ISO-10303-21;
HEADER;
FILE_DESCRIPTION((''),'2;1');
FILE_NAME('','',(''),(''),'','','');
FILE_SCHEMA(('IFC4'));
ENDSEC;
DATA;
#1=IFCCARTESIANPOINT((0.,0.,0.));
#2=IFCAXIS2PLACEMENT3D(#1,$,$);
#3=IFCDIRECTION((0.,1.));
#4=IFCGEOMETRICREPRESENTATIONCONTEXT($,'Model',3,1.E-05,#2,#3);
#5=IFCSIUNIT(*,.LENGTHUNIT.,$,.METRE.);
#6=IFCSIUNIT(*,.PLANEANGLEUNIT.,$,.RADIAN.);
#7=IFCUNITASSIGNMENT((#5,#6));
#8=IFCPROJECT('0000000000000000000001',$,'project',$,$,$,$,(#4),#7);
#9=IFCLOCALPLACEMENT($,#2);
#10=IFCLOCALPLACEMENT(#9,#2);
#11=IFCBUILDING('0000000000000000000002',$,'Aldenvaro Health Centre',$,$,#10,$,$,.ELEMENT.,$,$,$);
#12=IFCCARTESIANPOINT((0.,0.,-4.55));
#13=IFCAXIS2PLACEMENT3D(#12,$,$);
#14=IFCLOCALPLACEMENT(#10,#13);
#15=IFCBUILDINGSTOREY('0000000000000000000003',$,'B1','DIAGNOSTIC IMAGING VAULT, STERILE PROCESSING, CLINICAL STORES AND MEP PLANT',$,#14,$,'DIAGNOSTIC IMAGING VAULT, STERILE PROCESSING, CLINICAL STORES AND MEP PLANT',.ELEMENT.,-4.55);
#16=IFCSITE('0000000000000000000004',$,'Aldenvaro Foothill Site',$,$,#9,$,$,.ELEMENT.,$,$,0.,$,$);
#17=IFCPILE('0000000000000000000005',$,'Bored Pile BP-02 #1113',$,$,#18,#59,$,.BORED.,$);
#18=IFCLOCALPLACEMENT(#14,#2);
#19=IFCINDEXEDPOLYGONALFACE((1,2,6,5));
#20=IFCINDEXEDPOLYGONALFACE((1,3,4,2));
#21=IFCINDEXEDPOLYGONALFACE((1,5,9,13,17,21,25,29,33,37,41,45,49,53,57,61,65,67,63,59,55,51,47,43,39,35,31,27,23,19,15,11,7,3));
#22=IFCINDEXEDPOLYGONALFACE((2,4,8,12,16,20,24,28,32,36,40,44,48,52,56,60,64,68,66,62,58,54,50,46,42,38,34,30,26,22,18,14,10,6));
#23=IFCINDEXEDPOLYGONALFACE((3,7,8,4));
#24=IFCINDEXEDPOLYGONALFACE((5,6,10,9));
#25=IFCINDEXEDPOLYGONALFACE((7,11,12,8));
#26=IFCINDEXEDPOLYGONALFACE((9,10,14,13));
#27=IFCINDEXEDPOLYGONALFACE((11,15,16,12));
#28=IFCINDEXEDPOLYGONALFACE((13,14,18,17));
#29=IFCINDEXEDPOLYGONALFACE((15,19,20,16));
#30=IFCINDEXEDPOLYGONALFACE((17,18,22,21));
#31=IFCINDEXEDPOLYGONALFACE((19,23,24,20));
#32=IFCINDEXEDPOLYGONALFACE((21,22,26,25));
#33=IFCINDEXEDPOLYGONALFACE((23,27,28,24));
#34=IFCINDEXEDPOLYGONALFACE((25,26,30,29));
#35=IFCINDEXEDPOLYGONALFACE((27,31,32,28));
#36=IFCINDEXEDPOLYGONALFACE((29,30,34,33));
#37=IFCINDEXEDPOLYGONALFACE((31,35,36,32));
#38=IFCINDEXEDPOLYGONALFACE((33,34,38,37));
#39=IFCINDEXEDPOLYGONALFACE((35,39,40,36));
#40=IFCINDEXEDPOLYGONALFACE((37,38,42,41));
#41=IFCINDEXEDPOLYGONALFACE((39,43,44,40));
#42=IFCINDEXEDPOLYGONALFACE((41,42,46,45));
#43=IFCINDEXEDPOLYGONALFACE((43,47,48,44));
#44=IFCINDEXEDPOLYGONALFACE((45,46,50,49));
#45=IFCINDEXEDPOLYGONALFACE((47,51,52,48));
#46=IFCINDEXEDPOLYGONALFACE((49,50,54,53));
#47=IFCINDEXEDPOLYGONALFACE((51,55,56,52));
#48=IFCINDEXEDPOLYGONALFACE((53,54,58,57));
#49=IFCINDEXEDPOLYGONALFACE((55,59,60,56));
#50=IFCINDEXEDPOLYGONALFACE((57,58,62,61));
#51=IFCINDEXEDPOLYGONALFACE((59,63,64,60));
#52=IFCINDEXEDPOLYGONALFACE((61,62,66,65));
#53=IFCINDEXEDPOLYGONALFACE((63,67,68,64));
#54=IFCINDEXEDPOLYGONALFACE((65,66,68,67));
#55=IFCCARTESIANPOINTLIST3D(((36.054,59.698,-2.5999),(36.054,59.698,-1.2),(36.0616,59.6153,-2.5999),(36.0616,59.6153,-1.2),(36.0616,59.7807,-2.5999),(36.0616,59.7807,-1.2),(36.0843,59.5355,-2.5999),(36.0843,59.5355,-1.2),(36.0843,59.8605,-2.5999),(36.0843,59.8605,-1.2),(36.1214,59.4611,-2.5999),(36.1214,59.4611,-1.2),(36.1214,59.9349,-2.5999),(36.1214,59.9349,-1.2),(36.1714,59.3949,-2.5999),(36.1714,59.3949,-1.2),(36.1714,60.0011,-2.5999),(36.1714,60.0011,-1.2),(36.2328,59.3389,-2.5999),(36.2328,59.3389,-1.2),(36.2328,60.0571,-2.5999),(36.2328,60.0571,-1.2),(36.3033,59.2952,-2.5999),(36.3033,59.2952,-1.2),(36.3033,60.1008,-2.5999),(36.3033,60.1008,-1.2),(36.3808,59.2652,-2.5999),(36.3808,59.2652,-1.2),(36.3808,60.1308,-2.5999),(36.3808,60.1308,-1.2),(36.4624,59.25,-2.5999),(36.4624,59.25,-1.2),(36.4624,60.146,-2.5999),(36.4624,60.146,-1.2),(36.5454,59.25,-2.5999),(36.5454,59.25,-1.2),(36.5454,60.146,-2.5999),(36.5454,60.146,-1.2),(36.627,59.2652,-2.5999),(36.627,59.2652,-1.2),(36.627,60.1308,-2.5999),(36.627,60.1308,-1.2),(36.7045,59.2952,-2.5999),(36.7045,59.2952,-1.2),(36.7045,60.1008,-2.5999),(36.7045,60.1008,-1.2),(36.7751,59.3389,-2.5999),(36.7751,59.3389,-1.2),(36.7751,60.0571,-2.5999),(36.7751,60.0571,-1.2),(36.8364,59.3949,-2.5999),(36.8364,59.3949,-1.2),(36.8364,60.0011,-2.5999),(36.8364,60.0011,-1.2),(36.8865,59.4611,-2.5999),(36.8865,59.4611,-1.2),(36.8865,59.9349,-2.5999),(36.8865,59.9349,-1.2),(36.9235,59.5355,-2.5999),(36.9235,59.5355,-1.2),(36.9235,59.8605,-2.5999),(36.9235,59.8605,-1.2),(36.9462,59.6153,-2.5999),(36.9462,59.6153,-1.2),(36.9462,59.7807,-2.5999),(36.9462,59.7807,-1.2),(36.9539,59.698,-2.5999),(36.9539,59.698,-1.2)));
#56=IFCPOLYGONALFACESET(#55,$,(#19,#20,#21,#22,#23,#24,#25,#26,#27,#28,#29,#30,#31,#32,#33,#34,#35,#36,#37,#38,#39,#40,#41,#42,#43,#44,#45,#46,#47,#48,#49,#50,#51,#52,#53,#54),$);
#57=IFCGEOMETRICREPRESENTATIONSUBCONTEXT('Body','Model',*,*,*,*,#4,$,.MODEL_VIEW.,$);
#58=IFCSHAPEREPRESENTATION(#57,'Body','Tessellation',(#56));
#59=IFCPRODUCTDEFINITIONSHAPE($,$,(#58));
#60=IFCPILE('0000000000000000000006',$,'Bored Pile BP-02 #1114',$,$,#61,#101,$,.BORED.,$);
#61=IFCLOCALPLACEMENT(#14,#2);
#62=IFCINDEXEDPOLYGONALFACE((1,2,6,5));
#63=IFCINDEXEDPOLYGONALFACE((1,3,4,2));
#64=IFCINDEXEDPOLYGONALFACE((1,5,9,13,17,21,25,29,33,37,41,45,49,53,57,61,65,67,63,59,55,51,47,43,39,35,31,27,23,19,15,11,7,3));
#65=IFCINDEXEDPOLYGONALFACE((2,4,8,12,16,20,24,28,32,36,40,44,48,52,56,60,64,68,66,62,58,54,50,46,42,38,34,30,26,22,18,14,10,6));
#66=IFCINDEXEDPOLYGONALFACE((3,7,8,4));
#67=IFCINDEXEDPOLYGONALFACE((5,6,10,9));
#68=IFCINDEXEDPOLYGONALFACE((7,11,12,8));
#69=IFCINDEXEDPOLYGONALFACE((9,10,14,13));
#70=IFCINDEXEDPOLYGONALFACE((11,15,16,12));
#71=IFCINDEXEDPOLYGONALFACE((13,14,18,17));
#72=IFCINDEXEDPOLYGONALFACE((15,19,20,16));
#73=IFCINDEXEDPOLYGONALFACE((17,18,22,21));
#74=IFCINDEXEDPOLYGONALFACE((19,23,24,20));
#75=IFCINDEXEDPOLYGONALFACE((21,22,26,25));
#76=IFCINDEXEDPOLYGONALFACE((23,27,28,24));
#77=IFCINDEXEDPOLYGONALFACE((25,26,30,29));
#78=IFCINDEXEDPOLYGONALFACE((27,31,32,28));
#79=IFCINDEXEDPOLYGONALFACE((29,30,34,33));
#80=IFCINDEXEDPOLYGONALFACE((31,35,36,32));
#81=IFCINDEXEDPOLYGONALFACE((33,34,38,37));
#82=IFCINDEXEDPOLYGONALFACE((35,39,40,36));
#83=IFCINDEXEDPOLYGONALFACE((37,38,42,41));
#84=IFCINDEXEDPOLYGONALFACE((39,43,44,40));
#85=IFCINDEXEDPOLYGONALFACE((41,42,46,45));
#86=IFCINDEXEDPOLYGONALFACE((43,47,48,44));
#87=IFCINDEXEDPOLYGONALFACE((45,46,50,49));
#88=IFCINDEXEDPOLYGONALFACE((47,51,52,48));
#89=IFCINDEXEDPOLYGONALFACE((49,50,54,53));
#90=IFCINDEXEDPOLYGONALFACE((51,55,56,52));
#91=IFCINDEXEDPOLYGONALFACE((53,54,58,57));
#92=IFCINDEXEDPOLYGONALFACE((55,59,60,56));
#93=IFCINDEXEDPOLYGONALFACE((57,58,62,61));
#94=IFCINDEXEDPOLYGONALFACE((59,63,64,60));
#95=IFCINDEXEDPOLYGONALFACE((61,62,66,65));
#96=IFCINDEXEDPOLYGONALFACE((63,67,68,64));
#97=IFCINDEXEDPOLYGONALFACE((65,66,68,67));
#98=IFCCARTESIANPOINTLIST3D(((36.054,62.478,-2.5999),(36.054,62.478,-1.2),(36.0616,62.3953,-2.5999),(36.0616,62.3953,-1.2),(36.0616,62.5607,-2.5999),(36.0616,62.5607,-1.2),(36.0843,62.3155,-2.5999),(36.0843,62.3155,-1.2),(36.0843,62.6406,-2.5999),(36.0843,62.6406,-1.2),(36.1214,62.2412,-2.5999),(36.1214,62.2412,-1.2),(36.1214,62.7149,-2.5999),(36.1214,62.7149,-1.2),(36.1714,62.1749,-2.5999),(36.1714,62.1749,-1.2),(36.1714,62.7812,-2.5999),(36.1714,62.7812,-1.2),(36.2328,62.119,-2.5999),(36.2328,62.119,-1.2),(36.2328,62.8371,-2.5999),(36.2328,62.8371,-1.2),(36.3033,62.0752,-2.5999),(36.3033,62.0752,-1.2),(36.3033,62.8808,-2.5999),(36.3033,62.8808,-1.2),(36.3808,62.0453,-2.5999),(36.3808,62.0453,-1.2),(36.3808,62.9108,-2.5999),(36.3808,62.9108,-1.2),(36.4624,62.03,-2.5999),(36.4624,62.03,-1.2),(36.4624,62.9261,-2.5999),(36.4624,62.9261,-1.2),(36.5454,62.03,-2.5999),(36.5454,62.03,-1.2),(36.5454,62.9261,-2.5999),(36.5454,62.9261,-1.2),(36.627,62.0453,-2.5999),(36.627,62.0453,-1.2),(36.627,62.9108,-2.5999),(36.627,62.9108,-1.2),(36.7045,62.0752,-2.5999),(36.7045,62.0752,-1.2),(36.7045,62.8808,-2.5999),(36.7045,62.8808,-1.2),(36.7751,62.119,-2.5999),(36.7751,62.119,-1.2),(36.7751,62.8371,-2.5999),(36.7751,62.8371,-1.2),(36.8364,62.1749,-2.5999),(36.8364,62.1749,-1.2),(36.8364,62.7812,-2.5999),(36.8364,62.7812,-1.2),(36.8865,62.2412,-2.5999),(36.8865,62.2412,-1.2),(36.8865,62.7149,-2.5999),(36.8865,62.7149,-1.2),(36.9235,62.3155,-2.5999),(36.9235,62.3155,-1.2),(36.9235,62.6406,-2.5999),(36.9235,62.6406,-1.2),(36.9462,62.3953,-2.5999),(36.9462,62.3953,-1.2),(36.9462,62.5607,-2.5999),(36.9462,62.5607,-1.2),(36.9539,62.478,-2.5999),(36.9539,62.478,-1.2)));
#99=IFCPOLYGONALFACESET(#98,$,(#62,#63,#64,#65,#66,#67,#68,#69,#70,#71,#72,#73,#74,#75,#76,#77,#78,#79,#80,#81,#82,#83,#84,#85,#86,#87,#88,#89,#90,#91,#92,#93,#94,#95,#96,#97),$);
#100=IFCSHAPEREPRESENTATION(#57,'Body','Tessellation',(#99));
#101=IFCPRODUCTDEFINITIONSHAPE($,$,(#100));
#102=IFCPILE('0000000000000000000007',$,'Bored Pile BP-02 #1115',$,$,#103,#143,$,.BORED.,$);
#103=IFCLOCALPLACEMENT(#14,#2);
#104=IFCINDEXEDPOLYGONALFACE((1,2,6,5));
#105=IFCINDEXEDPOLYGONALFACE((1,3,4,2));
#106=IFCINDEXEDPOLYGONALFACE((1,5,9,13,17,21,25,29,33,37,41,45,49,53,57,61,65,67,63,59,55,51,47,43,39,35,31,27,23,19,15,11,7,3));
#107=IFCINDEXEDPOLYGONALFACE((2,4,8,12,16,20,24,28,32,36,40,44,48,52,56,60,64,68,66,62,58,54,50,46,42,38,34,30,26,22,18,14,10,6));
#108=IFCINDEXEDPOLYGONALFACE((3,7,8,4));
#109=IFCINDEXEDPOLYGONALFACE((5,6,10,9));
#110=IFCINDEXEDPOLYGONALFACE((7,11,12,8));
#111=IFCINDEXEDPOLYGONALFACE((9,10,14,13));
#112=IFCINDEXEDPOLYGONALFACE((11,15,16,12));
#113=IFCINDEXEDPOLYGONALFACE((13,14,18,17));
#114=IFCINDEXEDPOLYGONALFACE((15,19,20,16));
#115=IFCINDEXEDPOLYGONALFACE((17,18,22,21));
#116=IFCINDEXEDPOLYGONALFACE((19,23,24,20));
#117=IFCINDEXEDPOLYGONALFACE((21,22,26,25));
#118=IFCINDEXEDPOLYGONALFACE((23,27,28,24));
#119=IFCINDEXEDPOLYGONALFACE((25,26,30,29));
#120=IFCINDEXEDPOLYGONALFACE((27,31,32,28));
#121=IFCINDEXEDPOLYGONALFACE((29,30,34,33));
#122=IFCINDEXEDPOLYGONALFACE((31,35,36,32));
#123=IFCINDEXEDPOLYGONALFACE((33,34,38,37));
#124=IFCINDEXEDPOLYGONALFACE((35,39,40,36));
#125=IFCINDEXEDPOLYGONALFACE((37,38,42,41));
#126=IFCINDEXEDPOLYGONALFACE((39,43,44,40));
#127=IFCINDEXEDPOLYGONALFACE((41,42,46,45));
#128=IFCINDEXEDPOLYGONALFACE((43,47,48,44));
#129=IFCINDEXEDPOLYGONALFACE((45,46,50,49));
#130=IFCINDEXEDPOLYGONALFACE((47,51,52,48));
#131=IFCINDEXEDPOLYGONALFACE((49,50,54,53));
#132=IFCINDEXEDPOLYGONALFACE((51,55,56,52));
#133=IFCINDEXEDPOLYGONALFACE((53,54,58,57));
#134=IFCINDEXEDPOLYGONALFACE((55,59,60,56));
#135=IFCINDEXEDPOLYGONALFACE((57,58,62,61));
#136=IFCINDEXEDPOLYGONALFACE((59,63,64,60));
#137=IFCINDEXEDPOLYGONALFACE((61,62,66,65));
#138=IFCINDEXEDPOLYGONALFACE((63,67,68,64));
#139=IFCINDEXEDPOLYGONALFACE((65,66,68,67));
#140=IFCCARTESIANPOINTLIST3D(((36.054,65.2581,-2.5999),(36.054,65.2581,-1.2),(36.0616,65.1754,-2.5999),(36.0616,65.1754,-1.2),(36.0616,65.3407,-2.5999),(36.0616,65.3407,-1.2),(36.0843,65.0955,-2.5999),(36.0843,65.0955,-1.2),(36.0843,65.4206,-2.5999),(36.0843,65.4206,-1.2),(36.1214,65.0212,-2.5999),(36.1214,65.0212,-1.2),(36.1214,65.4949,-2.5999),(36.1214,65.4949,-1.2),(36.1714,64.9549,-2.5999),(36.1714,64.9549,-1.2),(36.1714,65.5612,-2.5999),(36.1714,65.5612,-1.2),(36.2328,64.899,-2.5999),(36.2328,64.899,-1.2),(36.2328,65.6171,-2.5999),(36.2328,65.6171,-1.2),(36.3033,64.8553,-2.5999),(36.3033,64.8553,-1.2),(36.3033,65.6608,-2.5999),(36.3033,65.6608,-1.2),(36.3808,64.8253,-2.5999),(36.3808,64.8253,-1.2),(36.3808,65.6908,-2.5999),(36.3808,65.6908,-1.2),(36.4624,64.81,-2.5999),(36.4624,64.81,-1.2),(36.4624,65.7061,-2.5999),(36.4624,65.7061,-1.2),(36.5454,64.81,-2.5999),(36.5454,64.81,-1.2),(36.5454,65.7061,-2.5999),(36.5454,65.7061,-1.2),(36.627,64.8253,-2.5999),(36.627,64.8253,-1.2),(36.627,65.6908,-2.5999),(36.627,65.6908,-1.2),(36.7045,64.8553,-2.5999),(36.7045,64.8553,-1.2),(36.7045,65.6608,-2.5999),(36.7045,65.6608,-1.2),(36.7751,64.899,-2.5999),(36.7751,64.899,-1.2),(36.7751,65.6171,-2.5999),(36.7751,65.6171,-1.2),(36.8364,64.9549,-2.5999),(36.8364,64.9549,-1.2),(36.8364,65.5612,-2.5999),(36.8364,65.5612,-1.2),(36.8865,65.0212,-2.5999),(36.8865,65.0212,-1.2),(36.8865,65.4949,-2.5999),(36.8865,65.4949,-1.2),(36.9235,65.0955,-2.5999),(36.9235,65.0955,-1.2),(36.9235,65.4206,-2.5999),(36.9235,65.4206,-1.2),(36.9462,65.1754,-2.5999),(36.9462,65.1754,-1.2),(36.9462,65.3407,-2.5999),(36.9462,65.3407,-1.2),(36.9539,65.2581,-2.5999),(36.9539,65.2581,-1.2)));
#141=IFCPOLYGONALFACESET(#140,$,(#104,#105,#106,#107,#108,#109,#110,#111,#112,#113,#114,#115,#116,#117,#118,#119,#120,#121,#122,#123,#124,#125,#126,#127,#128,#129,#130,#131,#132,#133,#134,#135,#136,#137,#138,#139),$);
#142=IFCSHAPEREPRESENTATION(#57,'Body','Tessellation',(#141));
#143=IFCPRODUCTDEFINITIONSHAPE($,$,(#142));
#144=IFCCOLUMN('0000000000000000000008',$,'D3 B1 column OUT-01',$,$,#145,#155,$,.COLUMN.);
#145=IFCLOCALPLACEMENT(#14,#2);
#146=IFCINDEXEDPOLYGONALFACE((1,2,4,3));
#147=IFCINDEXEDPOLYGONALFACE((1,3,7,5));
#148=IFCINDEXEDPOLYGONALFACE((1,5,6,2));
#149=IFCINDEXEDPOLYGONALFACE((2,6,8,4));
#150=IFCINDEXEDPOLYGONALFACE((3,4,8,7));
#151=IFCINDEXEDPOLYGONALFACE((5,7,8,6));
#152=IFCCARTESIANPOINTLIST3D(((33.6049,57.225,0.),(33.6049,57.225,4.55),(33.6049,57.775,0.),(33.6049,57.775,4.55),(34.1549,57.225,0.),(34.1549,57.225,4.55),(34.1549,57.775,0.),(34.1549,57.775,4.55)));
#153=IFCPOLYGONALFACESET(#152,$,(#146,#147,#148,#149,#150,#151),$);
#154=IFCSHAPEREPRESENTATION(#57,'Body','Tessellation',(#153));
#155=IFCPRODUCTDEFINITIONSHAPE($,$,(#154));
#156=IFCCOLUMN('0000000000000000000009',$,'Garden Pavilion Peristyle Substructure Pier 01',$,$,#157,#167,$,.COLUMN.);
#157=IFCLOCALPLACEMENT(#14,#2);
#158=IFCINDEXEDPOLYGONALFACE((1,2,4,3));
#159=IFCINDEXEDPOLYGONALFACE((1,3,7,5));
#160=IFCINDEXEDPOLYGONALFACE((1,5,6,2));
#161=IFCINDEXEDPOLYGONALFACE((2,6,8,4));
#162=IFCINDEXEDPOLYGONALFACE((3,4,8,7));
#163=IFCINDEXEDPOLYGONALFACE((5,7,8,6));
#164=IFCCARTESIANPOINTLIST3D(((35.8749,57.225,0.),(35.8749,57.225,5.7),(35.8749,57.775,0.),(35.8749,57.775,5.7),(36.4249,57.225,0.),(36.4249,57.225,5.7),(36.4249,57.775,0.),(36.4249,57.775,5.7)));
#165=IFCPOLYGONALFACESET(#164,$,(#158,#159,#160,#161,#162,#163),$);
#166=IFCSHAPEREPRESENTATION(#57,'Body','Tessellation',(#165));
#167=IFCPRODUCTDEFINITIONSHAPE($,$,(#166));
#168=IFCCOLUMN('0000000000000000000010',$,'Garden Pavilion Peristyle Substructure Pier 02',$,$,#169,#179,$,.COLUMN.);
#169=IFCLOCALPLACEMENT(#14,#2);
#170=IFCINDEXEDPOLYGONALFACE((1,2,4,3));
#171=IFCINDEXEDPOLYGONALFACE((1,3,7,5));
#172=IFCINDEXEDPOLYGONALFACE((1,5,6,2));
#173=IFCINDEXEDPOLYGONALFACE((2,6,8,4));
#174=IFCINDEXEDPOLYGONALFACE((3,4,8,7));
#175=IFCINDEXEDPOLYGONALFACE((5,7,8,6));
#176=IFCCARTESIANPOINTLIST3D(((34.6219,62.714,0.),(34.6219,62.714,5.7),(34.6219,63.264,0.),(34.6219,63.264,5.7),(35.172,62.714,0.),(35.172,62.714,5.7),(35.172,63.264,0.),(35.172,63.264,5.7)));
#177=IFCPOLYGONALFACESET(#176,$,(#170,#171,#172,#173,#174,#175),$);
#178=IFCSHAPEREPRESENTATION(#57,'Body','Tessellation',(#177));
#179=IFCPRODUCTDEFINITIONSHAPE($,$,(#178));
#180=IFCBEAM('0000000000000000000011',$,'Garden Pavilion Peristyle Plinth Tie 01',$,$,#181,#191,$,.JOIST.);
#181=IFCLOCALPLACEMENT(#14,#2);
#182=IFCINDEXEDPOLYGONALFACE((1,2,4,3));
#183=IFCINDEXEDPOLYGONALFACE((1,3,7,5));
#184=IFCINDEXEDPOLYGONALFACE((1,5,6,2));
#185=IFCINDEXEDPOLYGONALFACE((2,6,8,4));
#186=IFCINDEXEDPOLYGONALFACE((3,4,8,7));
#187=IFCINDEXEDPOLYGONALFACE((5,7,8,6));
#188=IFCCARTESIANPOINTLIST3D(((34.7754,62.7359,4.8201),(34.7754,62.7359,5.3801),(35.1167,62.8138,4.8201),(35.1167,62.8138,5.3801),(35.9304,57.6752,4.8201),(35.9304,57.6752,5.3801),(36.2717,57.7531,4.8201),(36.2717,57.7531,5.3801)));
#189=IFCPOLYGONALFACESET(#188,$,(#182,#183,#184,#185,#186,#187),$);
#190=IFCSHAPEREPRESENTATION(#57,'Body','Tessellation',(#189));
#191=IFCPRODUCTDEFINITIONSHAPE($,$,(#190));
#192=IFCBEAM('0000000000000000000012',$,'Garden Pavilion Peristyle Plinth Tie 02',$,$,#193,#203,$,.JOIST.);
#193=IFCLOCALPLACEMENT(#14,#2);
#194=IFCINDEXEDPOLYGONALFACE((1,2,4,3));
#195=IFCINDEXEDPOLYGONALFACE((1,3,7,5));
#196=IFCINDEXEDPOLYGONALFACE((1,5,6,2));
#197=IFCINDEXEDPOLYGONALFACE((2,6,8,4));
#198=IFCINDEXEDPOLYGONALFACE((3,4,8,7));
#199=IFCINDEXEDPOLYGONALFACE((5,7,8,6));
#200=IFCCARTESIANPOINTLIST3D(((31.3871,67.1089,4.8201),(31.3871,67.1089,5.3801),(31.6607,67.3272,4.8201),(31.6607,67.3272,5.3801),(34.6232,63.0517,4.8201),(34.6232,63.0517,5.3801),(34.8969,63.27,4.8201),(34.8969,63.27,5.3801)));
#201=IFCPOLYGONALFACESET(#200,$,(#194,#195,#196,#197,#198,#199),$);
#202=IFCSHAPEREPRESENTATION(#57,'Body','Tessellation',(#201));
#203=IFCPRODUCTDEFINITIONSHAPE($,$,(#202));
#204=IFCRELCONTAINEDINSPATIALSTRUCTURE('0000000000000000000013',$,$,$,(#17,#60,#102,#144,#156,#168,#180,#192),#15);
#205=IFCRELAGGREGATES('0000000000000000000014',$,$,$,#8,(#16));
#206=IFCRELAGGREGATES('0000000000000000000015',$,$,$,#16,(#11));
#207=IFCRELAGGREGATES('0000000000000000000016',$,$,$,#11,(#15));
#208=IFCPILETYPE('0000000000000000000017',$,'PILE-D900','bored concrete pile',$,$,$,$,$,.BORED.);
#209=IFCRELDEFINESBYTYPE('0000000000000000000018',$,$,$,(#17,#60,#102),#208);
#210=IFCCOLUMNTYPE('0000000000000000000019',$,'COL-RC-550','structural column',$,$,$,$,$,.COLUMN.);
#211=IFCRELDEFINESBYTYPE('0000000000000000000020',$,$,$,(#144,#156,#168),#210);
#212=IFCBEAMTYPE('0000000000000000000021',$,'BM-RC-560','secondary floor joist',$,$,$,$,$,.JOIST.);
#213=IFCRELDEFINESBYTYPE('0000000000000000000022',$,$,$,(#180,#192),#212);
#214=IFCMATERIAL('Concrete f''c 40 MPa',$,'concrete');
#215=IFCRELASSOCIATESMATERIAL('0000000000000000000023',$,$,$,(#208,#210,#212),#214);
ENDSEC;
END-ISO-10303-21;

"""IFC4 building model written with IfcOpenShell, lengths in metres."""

from ifc_helpers import new_model, si_unit, direction, frame, origin, origin_2d, place, context, subcontext, project, spatial, rectangle, circle, extrude, material, material_profile, profile_set, type_object, element, save


model = new_model("IFC4")

# Units and contexts
model_context = context("Model", 3, precision=1e-05, world=origin(), true_north=direction((0.0, 1.0)))
body_context = subcontext(model_context, "Body", "Model", "MODEL_VIEW")
ifc_project = project(units=[si_unit("LENGTHUNIT", "METRE"), si_unit("PLANEANGLEUNIT", "RADIAN")], contexts=[model_context])

# Site, building, storey
site_placement = place(None, origin())
site = spatial("IfcSite", under=ifc_project, at=site_placement, Name="Aldenvaro Foothill Site", CompositionType="ELEMENT", RefElevation=0.0)
building_placement = place(site_placement, origin())
building = spatial("IfcBuilding", under=site, at=building_placement, Name="Aldenvaro Health Centre", CompositionType="ELEMENT")
storey_placement = place(building_placement, frame((0.0, 0.0, -4.55)))
storey = spatial("IfcBuildingStorey", under=building, at=storey_placement, Name="B1", Description="DIAGNOSTIC IMAGING VAULT, STERILE PROCESSING, CLINICAL STORES AND MEP PLANT", LongName="DIAGNOSTIC IMAGING VAULT, STERILE PROCESSING, CLINICAL STORES AND MEP PLANT", CompositionType="ELEMENT", Elevation=-4.55)

# Shared definitions
ifc_material_1 = material(Name="Concrete f'c 40 MPa", Category="concrete")

# Piles
ifc_material_profile_1 = material_profile(ifc_material_1, circle(Radius=0.45, at=origin_2d()), Name="PILE D900", Category="concrete")
ifc_profile_set_1 = profile_set([ifc_material_profile_1], Name="Concrete f'c 40 MPa")
pile_type_1 = type_object("IfcPileType", Name="PILE-D900", Description="bored concrete pile", PredefinedType="BORED", material=ifc_profile_set_1)
for number, where, z_axis, x_axis, name in (
    (1, (36.5039, 59.698, -1.2), (0.0, 0.0, -1.0), (1.0, 0.0, 0.0), "Bored Pile BP-02 #1113"),
    (2, (36.5039, 62.478, -1.2), (0.0, 0.0, -1.0), (1.0, 0.0, 0.0), "Bored Pile BP-02 #1114"),
    (3, (36.5039, 65.2581, -1.2), (0.0, 0.0, -1.0), (1.0, 0.0, 0.0), "Bored Pile BP-02 #1115"),
):
    element("IfcPile", number, at=place(storey_placement, frame(where, z_axis=z_axis, x_axis=x_axis)), inside=storey, type_object=pile_type_1, Name=name, PredefinedType="BORED", context=body_context, shape_type="SweptSolid", body=[
        extrude(circle(Radius=0.45, at=origin_2d()), origin(), (0.0, 0.0, 1.0), 1.3999),
    ])

# Columns
ifc_material_profile_2 = material_profile(ifc_material_1, rectangle(XDim=0.55, YDim=0.55, at=origin_2d()), Name="RC 550x550", Category="concrete")
ifc_profile_set_2 = profile_set([ifc_material_profile_2], Name="Concrete f'c 40 MPa")
column_type = type_object("IfcColumnType", Name="COL-RC-550", Description="structural column", PredefinedType="COLUMN", material=ifc_profile_set_2)
column_placement = place(storey_placement, frame((33.8799, 57.5, 0.0), z_axis=(0.0, 0.0, 1.0), x_axis=(1.0, 0.0, 0.0)))
element("IfcColumn", 4, at=column_placement, inside=storey, type_object=column_type, Name="D3 B1 column OUT-01", PredefinedType="COLUMN", context=body_context, shape_type="SweptSolid", body=[
    extrude(rectangle(XDim=0.55, YDim=0.55, at=origin_2d()), origin(), (0.0, 0.0, 1.0), 4.55),
])
for number, where, z_axis, x_axis, name in (
    (5, (36.1499, 57.5, 0.0), (0.0, 0.0, 1.0), (1.0, 0.0, 0.0), "Garden Pavilion Peristyle Substructure Pier 01"),
    (6, (34.897, 62.989, 0.0), (0.0, 0.0, 1.0), (1.0, 0.0, 0.0), "Garden Pavilion Peristyle Substructure Pier 02"),
):
    element("IfcColumn", number, at=place(storey_placement, frame(where, z_axis=z_axis, x_axis=x_axis)), inside=storey, type_object=column_type, Name=name, PredefinedType="COLUMN", context=body_context, shape_type="SweptSolid", body=[
        extrude(rectangle(XDim=0.55, YDim=0.55, at=origin_2d()), origin(), (0.0, 0.0, 1.0), 5.7),
    ])

# Beams
ifc_material_profile_3 = material_profile(ifc_material_1, rectangle(XDim=0.3501, YDim=0.5601, at=origin_2d()), Name="RC 350x560", Category="concrete")
ifc_profile_set_3 = profile_set([ifc_material_profile_3], Name="Concrete f'c 40 MPa")
beam_type_1 = type_object("IfcBeamType", Name="BM-RC-560", Description="secondary floor joist", PredefinedType="JOIST", material=ifc_profile_set_3)
beam_1_placement = place(storey_placement, frame((36.1011, 57.7141, 5.1001), z_axis=(-0.222509, 0.974931, 0.0), x_axis=(-0.974931, -0.222509, 0.0)))
element("IfcBeam", 7, at=beam_1_placement, inside=storey, type_object=beam_type_1, Name="Garden Pavilion Peristyle Plinth Tie 01", PredefinedType="JOIST", context=body_context, shape_type="SweptSolid", body=[
    extrude(rectangle(XDim=0.3501, YDim=0.5601, at=origin_2d()), origin(), (0.0, 0.0, 1.0), 5.1909),
])
beam_2_placement = place(storey_placement, frame((34.76, 63.1609, 5.1001), z_axis=(-0.623564, 0.781772, 0.0), x_axis=(-0.781772, -0.623564, 0.0)))
element("IfcBeam", 8, at=beam_2_placement, inside=storey, type_object=beam_type_1, Name="Garden Pavilion Peristyle Plinth Tie 02", PredefinedType="JOIST", context=body_context, shape_type="SweptSolid", body=[
    extrude(rectangle(XDim=0.3501, YDim=0.5601, at=origin_2d()), origin(), (0.0, 0.0, 1.0), 5.1897),
])

save(model, "model.ifc")
